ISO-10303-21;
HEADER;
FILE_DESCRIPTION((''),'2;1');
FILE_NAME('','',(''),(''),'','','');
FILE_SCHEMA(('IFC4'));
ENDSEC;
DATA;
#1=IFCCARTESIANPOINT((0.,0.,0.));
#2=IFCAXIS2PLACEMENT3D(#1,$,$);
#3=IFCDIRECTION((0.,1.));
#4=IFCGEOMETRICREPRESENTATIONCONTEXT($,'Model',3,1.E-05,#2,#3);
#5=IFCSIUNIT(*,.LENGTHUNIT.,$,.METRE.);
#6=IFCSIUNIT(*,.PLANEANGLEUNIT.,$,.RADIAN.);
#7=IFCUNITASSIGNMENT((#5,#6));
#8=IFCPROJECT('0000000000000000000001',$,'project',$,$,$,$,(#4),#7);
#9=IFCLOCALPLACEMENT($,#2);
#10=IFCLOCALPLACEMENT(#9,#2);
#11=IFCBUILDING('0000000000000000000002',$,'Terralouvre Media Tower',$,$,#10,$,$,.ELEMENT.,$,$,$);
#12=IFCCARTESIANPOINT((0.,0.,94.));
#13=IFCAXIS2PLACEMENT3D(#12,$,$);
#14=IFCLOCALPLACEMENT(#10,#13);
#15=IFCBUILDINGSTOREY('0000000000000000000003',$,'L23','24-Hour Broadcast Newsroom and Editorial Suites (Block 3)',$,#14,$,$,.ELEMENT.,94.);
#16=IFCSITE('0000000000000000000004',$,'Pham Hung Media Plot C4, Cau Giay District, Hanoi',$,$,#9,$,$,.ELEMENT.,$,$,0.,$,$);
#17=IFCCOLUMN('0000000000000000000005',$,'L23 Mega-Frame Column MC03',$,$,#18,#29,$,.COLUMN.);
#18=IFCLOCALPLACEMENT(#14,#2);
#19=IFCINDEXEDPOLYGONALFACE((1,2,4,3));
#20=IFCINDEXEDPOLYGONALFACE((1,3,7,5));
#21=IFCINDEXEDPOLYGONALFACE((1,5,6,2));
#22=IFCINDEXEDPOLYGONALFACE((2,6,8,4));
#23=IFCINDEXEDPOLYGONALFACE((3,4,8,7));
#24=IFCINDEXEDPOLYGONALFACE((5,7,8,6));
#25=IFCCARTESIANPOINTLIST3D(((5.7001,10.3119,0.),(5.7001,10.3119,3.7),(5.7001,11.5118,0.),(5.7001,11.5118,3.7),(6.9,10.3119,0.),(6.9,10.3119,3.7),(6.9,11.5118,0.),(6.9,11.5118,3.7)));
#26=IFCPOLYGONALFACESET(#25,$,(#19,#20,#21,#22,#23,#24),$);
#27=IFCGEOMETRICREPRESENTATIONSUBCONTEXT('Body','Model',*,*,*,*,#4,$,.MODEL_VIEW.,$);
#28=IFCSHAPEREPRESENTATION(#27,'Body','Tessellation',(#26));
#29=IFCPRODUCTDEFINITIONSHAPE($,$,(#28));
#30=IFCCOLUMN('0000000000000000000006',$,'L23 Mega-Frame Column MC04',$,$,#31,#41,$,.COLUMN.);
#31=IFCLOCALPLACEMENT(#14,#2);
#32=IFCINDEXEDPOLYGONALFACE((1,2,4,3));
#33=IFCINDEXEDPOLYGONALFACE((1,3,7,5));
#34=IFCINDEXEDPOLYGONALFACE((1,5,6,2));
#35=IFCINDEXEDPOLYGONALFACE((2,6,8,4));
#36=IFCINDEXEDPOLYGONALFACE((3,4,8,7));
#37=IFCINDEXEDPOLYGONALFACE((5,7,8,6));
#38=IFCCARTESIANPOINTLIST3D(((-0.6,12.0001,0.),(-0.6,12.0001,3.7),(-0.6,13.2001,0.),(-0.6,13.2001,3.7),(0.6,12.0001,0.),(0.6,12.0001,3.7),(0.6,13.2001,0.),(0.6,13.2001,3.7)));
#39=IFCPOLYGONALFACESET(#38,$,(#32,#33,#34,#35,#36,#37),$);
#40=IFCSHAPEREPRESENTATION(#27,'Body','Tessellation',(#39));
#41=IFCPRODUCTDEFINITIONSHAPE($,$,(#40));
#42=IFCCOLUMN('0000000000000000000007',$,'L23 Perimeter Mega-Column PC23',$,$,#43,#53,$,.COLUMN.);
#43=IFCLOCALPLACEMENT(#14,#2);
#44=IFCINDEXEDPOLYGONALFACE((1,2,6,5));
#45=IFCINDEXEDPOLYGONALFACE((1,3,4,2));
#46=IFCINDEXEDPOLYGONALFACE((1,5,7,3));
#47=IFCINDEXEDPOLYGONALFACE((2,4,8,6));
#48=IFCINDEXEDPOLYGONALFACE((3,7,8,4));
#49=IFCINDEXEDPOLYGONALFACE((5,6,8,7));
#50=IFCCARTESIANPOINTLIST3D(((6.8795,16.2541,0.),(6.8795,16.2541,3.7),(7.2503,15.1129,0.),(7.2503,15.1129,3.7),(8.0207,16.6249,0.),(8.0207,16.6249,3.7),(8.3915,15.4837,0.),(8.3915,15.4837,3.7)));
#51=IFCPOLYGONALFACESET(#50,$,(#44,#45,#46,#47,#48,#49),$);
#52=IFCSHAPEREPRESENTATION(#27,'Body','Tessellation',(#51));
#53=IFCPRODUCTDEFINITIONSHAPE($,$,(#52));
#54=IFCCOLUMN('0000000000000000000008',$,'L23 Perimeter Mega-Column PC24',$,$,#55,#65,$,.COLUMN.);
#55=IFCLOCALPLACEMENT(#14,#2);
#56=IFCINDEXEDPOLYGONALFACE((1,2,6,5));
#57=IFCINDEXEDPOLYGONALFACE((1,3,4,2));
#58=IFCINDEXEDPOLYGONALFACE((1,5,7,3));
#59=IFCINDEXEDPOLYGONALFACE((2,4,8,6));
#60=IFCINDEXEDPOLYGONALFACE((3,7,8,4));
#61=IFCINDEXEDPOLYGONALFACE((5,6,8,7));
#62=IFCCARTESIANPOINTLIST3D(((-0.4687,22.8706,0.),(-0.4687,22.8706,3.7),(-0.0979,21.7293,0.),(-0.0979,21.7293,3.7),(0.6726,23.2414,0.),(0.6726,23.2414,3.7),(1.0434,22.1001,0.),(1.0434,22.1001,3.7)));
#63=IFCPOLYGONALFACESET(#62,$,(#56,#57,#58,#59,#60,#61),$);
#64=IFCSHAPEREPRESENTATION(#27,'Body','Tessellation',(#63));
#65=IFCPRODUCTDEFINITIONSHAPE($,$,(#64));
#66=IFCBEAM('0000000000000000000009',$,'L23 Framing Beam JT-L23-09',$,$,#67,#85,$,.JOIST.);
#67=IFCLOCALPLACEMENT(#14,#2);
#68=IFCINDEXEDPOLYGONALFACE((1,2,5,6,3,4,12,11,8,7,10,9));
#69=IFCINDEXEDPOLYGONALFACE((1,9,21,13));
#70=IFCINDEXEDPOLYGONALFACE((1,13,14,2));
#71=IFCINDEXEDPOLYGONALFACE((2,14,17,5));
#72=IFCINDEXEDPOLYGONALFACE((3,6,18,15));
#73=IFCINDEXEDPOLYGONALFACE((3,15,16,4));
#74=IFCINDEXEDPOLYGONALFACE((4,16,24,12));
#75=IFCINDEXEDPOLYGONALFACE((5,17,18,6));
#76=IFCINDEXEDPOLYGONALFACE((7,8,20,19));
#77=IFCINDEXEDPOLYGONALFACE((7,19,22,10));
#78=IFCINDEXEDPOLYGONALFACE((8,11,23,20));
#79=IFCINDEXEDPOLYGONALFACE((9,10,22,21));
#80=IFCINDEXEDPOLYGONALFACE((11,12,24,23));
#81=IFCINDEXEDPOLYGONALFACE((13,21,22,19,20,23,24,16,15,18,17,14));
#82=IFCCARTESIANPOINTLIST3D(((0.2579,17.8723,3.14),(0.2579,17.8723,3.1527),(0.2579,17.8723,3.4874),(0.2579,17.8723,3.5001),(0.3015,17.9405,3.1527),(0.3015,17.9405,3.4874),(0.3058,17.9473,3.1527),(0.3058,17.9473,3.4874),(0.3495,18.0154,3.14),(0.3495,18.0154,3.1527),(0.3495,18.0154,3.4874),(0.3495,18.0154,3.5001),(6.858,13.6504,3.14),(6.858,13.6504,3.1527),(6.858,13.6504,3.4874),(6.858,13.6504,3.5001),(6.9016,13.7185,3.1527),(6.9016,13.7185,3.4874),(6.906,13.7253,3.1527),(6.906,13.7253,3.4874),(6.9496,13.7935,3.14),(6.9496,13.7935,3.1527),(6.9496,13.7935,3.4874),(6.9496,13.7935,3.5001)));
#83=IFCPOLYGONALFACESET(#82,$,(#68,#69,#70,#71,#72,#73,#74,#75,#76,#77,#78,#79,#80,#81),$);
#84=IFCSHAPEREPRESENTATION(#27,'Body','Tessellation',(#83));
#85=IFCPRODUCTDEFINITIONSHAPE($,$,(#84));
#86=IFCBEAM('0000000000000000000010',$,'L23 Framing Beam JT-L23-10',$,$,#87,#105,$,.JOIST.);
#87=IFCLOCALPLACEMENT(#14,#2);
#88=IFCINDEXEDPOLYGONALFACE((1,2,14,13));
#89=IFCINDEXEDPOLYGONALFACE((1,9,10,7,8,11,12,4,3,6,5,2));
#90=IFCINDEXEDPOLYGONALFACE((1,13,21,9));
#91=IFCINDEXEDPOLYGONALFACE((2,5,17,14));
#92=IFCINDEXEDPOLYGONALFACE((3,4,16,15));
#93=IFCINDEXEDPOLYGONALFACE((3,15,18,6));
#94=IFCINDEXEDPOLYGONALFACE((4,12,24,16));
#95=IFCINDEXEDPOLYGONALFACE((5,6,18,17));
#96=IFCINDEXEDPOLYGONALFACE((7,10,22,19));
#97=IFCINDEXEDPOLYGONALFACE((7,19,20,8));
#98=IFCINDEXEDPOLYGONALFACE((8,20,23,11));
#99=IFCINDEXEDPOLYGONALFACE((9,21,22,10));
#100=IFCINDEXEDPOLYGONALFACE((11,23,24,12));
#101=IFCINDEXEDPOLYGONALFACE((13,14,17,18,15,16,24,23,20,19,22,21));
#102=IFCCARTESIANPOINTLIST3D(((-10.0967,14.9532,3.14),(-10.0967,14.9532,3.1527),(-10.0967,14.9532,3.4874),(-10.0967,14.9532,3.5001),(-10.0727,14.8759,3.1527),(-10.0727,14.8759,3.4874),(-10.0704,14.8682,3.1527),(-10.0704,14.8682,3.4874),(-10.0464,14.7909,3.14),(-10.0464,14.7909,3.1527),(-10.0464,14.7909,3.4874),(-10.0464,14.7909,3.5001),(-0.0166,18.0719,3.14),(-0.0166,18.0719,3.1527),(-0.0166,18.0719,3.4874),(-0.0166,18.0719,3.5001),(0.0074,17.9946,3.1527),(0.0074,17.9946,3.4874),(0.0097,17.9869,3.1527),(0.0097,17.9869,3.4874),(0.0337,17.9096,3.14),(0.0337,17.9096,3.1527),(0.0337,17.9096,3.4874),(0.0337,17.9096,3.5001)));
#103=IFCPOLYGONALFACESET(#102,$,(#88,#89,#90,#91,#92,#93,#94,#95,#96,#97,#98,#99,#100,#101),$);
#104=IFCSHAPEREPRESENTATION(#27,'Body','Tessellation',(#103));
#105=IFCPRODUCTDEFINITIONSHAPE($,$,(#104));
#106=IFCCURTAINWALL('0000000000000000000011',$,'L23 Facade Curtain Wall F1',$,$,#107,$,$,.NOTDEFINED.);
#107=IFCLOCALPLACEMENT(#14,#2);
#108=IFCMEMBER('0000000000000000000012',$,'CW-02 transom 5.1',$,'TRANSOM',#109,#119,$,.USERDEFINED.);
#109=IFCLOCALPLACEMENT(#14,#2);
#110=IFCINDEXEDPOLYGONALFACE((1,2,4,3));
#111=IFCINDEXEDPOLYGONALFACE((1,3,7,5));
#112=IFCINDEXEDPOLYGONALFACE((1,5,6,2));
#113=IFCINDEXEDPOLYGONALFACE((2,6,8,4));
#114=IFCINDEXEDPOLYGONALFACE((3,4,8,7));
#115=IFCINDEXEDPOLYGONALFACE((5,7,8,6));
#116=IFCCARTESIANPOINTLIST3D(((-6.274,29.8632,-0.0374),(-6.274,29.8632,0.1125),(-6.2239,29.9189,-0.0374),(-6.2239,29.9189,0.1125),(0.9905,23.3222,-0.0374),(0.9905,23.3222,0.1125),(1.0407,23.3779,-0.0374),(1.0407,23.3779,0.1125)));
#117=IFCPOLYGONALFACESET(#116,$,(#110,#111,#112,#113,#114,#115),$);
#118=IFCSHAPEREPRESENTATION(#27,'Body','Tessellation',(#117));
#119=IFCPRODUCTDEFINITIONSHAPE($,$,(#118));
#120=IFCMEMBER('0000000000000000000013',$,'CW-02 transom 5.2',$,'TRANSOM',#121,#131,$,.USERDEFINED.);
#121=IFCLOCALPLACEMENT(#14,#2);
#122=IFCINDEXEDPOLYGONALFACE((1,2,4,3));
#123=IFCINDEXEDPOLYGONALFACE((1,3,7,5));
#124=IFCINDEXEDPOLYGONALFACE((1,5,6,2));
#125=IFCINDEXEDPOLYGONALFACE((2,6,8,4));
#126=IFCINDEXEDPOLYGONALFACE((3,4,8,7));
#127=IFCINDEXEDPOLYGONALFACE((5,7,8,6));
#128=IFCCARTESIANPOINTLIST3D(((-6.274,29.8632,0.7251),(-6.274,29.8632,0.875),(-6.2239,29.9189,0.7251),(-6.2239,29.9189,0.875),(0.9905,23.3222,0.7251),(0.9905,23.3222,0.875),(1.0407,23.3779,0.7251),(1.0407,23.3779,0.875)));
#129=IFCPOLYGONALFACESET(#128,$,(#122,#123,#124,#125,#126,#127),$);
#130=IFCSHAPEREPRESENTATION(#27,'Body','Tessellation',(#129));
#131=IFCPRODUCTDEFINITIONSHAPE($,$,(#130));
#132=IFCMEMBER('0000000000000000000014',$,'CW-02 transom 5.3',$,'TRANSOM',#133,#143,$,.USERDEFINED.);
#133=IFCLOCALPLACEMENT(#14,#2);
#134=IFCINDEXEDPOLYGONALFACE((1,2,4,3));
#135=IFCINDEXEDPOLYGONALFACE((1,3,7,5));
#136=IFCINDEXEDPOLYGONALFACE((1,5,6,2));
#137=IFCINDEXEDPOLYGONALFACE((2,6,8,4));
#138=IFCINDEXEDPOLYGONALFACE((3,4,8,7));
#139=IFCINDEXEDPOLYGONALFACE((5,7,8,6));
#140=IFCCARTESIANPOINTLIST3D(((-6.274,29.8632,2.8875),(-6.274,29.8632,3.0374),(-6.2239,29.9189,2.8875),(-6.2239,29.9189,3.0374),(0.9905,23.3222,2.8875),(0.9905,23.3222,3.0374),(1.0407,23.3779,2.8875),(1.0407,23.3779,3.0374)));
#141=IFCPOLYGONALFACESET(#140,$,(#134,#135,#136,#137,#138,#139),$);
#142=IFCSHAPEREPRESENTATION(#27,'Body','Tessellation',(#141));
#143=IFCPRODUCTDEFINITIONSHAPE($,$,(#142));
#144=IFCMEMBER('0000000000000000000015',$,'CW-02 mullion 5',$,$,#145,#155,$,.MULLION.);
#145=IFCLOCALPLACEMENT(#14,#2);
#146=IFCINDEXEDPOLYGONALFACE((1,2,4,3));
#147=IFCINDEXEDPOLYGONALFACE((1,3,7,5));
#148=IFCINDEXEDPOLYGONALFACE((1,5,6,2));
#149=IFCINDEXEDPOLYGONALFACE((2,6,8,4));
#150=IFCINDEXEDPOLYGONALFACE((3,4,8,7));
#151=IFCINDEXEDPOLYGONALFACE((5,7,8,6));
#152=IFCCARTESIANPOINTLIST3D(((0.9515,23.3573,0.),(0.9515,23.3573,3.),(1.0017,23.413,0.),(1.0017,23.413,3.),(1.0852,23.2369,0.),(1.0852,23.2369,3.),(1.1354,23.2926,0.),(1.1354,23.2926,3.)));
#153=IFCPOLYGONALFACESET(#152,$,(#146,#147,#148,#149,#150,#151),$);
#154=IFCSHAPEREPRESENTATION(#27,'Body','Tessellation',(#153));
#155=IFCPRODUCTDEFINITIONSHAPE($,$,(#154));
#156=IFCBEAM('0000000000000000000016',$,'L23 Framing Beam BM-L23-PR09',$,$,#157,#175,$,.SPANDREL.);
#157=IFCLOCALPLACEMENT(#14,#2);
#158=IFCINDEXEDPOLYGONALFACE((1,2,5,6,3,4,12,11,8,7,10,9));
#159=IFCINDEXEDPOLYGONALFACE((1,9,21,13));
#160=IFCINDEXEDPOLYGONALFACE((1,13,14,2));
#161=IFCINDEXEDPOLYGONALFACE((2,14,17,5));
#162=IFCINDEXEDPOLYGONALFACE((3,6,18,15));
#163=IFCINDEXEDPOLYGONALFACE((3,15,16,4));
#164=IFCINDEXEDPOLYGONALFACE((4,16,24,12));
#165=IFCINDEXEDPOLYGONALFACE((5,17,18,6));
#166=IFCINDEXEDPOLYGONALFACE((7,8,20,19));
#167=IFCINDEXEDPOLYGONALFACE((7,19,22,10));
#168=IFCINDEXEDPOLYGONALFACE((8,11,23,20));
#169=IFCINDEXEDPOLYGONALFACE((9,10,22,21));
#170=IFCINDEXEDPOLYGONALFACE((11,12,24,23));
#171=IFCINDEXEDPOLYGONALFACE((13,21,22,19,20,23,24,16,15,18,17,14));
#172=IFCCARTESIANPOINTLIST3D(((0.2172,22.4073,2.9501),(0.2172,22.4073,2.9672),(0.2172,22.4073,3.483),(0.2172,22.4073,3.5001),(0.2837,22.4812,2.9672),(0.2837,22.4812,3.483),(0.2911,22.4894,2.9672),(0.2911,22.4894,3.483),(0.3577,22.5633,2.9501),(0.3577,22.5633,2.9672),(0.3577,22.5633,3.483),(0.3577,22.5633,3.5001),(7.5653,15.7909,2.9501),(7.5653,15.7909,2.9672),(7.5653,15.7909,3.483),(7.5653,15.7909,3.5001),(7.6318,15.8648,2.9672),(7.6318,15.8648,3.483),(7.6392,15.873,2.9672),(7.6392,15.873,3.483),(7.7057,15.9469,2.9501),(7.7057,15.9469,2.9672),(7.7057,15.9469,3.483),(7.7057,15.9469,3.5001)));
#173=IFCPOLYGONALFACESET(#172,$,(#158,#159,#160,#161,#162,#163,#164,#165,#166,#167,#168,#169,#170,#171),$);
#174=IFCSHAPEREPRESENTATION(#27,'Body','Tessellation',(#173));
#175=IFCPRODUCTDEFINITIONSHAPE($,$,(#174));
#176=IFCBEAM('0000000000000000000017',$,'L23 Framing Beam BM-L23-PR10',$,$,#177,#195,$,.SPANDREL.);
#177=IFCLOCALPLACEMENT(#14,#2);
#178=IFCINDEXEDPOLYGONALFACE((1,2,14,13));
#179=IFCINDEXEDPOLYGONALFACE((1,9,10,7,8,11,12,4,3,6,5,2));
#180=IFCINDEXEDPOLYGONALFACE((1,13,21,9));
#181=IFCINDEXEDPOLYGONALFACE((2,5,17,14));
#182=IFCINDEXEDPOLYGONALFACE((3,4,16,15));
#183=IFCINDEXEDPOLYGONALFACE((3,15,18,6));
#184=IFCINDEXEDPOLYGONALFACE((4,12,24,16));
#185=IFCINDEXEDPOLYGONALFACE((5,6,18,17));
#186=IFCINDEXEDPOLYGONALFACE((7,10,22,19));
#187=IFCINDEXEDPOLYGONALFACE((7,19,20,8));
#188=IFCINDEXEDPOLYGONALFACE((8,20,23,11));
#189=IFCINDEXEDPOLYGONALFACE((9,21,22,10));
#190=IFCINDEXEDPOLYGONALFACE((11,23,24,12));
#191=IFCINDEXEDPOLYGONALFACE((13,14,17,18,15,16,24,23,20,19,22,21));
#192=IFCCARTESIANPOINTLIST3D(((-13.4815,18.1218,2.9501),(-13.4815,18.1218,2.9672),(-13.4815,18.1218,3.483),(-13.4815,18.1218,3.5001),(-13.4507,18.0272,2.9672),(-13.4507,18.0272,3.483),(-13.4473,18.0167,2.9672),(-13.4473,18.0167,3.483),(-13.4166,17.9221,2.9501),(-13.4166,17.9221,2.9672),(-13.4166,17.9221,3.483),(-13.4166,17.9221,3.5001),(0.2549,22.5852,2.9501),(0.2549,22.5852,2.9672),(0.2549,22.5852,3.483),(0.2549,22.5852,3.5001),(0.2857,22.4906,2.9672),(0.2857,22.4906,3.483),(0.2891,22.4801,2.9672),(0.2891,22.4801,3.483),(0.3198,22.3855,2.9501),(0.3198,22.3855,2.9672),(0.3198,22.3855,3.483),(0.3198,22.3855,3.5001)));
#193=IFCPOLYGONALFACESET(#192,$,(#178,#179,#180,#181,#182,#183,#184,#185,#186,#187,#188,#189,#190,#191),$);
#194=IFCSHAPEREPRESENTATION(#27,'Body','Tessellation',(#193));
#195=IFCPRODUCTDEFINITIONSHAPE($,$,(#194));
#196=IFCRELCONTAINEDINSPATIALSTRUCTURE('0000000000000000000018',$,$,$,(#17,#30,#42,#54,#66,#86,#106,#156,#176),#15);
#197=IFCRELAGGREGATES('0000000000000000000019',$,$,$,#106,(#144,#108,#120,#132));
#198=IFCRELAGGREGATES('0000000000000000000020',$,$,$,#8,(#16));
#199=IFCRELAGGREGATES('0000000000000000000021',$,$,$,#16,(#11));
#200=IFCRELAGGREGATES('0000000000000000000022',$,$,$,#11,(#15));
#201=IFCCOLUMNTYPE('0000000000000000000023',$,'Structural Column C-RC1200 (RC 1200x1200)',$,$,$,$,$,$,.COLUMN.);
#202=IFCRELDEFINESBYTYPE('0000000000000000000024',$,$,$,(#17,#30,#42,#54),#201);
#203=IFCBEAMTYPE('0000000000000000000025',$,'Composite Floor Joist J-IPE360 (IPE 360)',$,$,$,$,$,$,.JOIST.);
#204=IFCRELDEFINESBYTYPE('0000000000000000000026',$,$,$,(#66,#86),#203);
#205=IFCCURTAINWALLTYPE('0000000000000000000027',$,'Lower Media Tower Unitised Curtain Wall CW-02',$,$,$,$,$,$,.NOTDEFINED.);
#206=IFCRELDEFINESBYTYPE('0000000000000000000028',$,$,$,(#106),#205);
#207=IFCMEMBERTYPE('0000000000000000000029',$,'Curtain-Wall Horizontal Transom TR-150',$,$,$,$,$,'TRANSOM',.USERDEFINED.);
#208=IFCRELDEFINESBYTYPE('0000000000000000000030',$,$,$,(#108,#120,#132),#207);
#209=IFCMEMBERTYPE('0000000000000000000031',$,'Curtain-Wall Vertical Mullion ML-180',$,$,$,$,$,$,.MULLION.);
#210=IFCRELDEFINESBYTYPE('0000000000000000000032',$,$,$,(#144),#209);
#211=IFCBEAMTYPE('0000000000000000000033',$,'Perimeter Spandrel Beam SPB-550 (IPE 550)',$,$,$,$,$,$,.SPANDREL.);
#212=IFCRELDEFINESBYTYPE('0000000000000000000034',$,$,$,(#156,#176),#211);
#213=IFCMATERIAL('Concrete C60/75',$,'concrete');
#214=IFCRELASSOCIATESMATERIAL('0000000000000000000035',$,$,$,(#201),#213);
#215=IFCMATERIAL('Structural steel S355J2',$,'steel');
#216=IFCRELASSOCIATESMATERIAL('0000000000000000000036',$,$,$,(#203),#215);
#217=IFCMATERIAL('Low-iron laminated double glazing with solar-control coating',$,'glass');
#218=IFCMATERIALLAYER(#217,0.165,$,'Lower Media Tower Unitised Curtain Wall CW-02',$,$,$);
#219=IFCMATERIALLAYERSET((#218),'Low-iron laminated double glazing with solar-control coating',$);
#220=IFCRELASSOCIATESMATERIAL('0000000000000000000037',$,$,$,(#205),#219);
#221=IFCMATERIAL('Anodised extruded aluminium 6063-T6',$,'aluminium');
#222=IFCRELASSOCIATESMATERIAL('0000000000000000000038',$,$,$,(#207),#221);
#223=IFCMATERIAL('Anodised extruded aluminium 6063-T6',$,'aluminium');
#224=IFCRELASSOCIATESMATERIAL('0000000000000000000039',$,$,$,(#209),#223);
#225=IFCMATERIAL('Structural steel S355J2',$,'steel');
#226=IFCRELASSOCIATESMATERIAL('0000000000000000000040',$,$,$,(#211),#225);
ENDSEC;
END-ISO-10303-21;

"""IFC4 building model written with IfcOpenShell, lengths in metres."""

from ifc_helpers import new_model, si_unit, direction, frame, origin, origin_2d, place, context, subcontext, project, spatial, rectangle, i_section, extrude, material, layer, layer_set, material_profile, profile_set, type_object, element, aggregate, save


model = new_model("IFC4")

# Units and contexts
model_context = context("Model", 3, precision=1e-05, world=origin(), true_north=direction((0.0, 1.0)))
body_context = subcontext(model_context, "Body", "Model", "MODEL_VIEW")
ifc_project = project(units=[si_unit("LENGTHUNIT", "METRE"), si_unit("PLANEANGLEUNIT", "RADIAN")], contexts=[model_context])

# Site, building, storey
site_placement = place(None, origin())
site = spatial("IfcSite", under=ifc_project, at=site_placement, Name="Pham Hung Media Plot C4, Cau Giay District, Hanoi", CompositionType="ELEMENT", RefElevation=0.0)
building_placement = place(site_placement, origin())
building = spatial("IfcBuilding", under=site, at=building_placement, Name="Terralouvre Media Tower", CompositionType="ELEMENT")
storey_placement = place(building_placement, frame((0.0, 0.0, 94.0)))
storey = spatial("IfcBuildingStorey", under=building, at=storey_placement, Name="L23", Description="24-Hour Broadcast Newsroom and Editorial Suites (Block 3)", CompositionType="ELEMENT", Elevation=94.0)

# Columns
ifc_material_1 = material(Name="Concrete C60/75", Category="concrete")
ifc_material_profile_1 = material_profile(ifc_material_1, rectangle(XDim=1.2, YDim=1.2, at=origin_2d()), Name="RC 1200x1200")
ifc_profile_set_1 = profile_set([ifc_material_profile_1], Name="Concrete C60/75")
column_type = type_object("IfcColumnType", Name="Structural Column C-RC1200 (RC 1200x1200)", PredefinedType="COLUMN", material=ifc_profile_set_1)
for number, where, z_axis, x_axis, name in (
    (1, (6.3, 10.9119, 0.0), (0.0, 0.0, 1.0), (1.0, 0.0, 0.0), "L23 Mega-Frame Column MC03"),
    (2, (0.0, 12.6001, 0.0), (0.0, 0.0, 1.0), (1.0, 0.0, 0.0), "L23 Mega-Frame Column MC04"),
    (3, (7.6355, 15.8689, 0.0), (0.0, 0.0, 1.0), (0.951057, 0.309017, 0.0), "L23 Perimeter Mega-Column PC23"),
    (4, (0.2874, 22.4854, 0.0), (0.0, 0.0, 1.0), (0.951057, 0.309017, 0.0), "L23 Perimeter Mega-Column PC24"),
):
    element("IfcColumn", number, at=place(storey_placement, frame(where, z_axis=z_axis, x_axis=x_axis)), inside=storey, type_object=column_type, Name=name, PredefinedType="COLUMN", context=body_context, shape_type="SweptSolid", body=[
        extrude(rectangle(XDim=1.2, YDim=1.2, at=origin_2d()), origin(), (0.0, 0.0, 1.0), 3.7),
    ])

# Beams
ifc_material_2 = material(Name="Structural steel S355J2", Category="steel")
ifc_material_profile_2 = material_profile(ifc_material_2, i_section(OverallWidth=0.1699, OverallDepth=0.3601, WebThickness=0.0081, FlangeThickness=0.0127, at=origin_2d()), Name="IPE 360")
ifc_profile_set_2 = profile_set([ifc_material_profile_2], Name="Structural steel S355J2")
beam_type_1 = type_object("IfcBeamType", Name="Composite Floor Joist J-IPE360 (IPE 360)", PredefinedType="JOIST", material=ifc_profile_set_2)
beam_1_placement = place(storey_placement, frame((6.9038, 13.7219, 3.3201), z_axis=(-0.842395, 0.53886, 0.0), x_axis=(-0.53886, -0.842395, 0.0)))
element("IfcBeam", 5, at=beam_1_placement, inside=storey, type_object=beam_type_1, Name="L23 Framing Beam JT-L23-09", PredefinedType="JOIST", context=body_context, shape_type="SweptSolid", body=[
    extrude(i_section(OverallWidth=0.1699, OverallDepth=0.3601, WebThickness=0.0081, FlangeThickness=0.0127, at=origin_2d()), origin(), (0.0, 0.0, 1.0), 7.835),
])
beam_2_placement = place(storey_placement, frame((0.0085, 17.9907, 3.3201), z_axis=(-0.955323, -0.295565, 0.0), x_axis=(0.295565, -0.955323, 0.0)))
element("IfcBeam", 6, at=beam_2_placement, inside=storey, type_object=beam_type_1, Name="L23 Framing Beam JT-L23-10", PredefinedType="JOIST", context=body_context, shape_type="SweptSolid", body=[
    extrude(i_section(OverallWidth=0.1699, OverallDepth=0.3601, WebThickness=0.0081, FlangeThickness=0.0127, at=origin_2d()), origin(), (0.0, 0.0, 1.0), 10.5515),
])

# Curtain wall, members
ifc_material_3 = material(Name="Low-iron laminated double glazing with solar-control coating", Category="glass")
ifc_layer_1 = layer(ifc_material_3, 0.165, Name="Lower Media Tower Unitised Curtain Wall CW-02")
ifc_layer_set_1 = layer_set([ifc_layer_1], Name="Low-iron laminated double glazing with solar-control coating")
curtain_wall_type = type_object("IfcCurtainWallType", Name="Lower Media Tower Unitised Curtain Wall CW-02", PredefinedType="NOTDEFINED", material=ifc_layer_set_1)
curtain_wall_placement = place(storey_placement, origin())
curtain_wall = element("IfcCurtainWall", 7, at=curtain_wall_placement, inside=storey, type_object=curtain_wall_type, Name="L23 Facade Curtain Wall F1", PredefinedType="NOTDEFINED")
ifc_material_4 = material(Name="Anodised extruded aluminium 6063-T6", Category="aluminium")
ifc_material_profile_3 = material_profile(ifc_material_4, rectangle(XDim=0.075, YDim=0.1499, at=origin_2d()), Name="ALU 75x150")
ifc_profile_set_3 = profile_set([ifc_material_profile_3], Name="Anodised extruded aluminium 6063-T6")
member_type_1 = type_object("IfcMemberType", Name="Curtain-Wall Horizontal Transom TR-150", ElementType="TRANSOM", PredefinedType="USERDEFINED", material=ifc_profile_set_3)
member_1_placement = place(storey_placement, frame((1.0156, 23.3501, 0.0376), z_axis=(-0.74315, 0.669125, 0.0), x_axis=(-0.669125, -0.74315, 0.0)))
member_1 = element("IfcMember", 8, at=member_1_placement, type_object=member_type_1, Name="CW-02 transom 5.1", ObjectType="TRANSOM", PredefinedType="USERDEFINED", context=body_context, shape_type="SweptSolid", body=[
    extrude(rectangle(XDim=0.075, YDim=0.1499, at=origin_2d()), origin(), (0.0, 0.0, 1.0), 9.7754),
])
member_2_placement = place(storey_placement, frame((1.0156, 23.3501, 0.8), z_axis=(-0.74315, 0.669125, 0.0), x_axis=(-0.669125, -0.74315, 0.0)))
member_2 = element("IfcMember", 9, at=member_2_placement, type_object=member_type_1, Name="CW-02 transom 5.2", ObjectType="TRANSOM", PredefinedType="USERDEFINED", context=body_context, shape_type="SweptSolid", body=[
    extrude(rectangle(XDim=0.075, YDim=0.1499, at=origin_2d()), origin(), (0.0, 0.0, 1.0), 9.7754),
])
member_3_placement = place(storey_placement, frame((1.0156, 23.3501, 2.9624), z_axis=(-0.74315, 0.669125, 0.0), x_axis=(-0.669125, -0.74315, 0.0)))
member_3 = element("IfcMember", 10, at=member_3_placement, type_object=member_type_1, Name="CW-02 transom 5.3", ObjectType="TRANSOM", PredefinedType="USERDEFINED", context=body_context, shape_type="SweptSolid", body=[
    extrude(rectangle(XDim=0.075, YDim=0.1499, at=origin_2d()), origin(), (0.0, 0.0, 1.0), 9.7754),
])
ifc_material_5 = material(Name="Anodised extruded aluminium 6063-T6", Category="aluminium")
ifc_material_profile_4 = material_profile(ifc_material_5, rectangle(XDim=0.075, YDim=0.1799, at=origin_2d()), Name="ALU 75x180")
ifc_profile_set_4 = profile_set([ifc_material_profile_4], Name="Anodised extruded aluminium 6063-T6")
member_type_2 = type_object("IfcMemberType", Name="Curtain-Wall Vertical Mullion ML-180", PredefinedType="MULLION", material=ifc_profile_set_4)
member_4_placement = place(storey_placement, frame((1.0435, 23.325, 0.0), z_axis=(0.0, 0.0, 1.0), x_axis=(-0.669131, -0.743145, 0.0)))
member_4 = element("IfcMember", 11, at=member_4_placement, type_object=member_type_2, Name="CW-02 mullion 5", PredefinedType="MULLION", context=body_context, shape_type="SweptSolid", body=[
    extrude(rectangle(XDim=0.075, YDim=0.1799, at=origin_2d()), origin(), (0.0, 0.0, 1.0), 3.0),
])

# Beams
ifc_material_6 = material(Name="Structural steel S355J2", Category="steel")
ifc_material_profile_5 = material_profile(ifc_material_6, i_section(OverallWidth=0.21, OverallDepth=0.55, WebThickness=0.011, FlangeThickness=0.0171, at=origin_2d()), Name="IPE 550")
ifc_profile_set_5 = profile_set([ifc_material_profile_5], Name="Structural steel S355J2")
beam_type_2 = type_object("IfcBeamType", Name="Perimeter Spandrel Beam SPB-550 (IPE 550)", PredefinedType="SPANDREL", material=ifc_profile_set_5)
beam_3_placement = place(storey_placement, frame((7.6355, 15.8689, 3.2251), z_axis=(-0.743137, 0.669139, 0.0), x_axis=(-0.669139, -0.743137, 0.0)))
element("IfcBeam", 12, at=beam_3_placement, inside=storey, type_object=beam_type_2, Name="L23 Framing Beam BM-L23-PR09", PredefinedType="SPANDREL", context=body_context, shape_type="SweptSolid", body=[
    extrude(i_section(OverallWidth=0.21, OverallDepth=0.55, WebThickness=0.011, FlangeThickness=0.0171, at=origin_2d()), origin(), (0.0, 0.0, 1.0), 9.8879),
])
beam_4_placement = place(storey_placement, frame((0.2874, 22.4854, 3.2251), z_axis=(-0.951053, -0.309028, 0.0), x_axis=(0.309028, -0.951053, 0.0)))
element("IfcBeam", 13, at=beam_4_placement, inside=storey, type_object=beam_type_2, Name="L23 Framing Beam BM-L23-PR10", PredefinedType="SPANDREL", context=body_context, shape_type="SweptSolid", body=[
    extrude(i_section(OverallWidth=0.21, OverallDepth=0.55, WebThickness=0.011, FlangeThickness=0.0171, at=origin_2d()), origin(), (0.0, 0.0, 1.0), 14.4434),
])

aggregate(curtain_wall, [member_4, member_1, member_2, member_3])

save(model, "model.ifc")
